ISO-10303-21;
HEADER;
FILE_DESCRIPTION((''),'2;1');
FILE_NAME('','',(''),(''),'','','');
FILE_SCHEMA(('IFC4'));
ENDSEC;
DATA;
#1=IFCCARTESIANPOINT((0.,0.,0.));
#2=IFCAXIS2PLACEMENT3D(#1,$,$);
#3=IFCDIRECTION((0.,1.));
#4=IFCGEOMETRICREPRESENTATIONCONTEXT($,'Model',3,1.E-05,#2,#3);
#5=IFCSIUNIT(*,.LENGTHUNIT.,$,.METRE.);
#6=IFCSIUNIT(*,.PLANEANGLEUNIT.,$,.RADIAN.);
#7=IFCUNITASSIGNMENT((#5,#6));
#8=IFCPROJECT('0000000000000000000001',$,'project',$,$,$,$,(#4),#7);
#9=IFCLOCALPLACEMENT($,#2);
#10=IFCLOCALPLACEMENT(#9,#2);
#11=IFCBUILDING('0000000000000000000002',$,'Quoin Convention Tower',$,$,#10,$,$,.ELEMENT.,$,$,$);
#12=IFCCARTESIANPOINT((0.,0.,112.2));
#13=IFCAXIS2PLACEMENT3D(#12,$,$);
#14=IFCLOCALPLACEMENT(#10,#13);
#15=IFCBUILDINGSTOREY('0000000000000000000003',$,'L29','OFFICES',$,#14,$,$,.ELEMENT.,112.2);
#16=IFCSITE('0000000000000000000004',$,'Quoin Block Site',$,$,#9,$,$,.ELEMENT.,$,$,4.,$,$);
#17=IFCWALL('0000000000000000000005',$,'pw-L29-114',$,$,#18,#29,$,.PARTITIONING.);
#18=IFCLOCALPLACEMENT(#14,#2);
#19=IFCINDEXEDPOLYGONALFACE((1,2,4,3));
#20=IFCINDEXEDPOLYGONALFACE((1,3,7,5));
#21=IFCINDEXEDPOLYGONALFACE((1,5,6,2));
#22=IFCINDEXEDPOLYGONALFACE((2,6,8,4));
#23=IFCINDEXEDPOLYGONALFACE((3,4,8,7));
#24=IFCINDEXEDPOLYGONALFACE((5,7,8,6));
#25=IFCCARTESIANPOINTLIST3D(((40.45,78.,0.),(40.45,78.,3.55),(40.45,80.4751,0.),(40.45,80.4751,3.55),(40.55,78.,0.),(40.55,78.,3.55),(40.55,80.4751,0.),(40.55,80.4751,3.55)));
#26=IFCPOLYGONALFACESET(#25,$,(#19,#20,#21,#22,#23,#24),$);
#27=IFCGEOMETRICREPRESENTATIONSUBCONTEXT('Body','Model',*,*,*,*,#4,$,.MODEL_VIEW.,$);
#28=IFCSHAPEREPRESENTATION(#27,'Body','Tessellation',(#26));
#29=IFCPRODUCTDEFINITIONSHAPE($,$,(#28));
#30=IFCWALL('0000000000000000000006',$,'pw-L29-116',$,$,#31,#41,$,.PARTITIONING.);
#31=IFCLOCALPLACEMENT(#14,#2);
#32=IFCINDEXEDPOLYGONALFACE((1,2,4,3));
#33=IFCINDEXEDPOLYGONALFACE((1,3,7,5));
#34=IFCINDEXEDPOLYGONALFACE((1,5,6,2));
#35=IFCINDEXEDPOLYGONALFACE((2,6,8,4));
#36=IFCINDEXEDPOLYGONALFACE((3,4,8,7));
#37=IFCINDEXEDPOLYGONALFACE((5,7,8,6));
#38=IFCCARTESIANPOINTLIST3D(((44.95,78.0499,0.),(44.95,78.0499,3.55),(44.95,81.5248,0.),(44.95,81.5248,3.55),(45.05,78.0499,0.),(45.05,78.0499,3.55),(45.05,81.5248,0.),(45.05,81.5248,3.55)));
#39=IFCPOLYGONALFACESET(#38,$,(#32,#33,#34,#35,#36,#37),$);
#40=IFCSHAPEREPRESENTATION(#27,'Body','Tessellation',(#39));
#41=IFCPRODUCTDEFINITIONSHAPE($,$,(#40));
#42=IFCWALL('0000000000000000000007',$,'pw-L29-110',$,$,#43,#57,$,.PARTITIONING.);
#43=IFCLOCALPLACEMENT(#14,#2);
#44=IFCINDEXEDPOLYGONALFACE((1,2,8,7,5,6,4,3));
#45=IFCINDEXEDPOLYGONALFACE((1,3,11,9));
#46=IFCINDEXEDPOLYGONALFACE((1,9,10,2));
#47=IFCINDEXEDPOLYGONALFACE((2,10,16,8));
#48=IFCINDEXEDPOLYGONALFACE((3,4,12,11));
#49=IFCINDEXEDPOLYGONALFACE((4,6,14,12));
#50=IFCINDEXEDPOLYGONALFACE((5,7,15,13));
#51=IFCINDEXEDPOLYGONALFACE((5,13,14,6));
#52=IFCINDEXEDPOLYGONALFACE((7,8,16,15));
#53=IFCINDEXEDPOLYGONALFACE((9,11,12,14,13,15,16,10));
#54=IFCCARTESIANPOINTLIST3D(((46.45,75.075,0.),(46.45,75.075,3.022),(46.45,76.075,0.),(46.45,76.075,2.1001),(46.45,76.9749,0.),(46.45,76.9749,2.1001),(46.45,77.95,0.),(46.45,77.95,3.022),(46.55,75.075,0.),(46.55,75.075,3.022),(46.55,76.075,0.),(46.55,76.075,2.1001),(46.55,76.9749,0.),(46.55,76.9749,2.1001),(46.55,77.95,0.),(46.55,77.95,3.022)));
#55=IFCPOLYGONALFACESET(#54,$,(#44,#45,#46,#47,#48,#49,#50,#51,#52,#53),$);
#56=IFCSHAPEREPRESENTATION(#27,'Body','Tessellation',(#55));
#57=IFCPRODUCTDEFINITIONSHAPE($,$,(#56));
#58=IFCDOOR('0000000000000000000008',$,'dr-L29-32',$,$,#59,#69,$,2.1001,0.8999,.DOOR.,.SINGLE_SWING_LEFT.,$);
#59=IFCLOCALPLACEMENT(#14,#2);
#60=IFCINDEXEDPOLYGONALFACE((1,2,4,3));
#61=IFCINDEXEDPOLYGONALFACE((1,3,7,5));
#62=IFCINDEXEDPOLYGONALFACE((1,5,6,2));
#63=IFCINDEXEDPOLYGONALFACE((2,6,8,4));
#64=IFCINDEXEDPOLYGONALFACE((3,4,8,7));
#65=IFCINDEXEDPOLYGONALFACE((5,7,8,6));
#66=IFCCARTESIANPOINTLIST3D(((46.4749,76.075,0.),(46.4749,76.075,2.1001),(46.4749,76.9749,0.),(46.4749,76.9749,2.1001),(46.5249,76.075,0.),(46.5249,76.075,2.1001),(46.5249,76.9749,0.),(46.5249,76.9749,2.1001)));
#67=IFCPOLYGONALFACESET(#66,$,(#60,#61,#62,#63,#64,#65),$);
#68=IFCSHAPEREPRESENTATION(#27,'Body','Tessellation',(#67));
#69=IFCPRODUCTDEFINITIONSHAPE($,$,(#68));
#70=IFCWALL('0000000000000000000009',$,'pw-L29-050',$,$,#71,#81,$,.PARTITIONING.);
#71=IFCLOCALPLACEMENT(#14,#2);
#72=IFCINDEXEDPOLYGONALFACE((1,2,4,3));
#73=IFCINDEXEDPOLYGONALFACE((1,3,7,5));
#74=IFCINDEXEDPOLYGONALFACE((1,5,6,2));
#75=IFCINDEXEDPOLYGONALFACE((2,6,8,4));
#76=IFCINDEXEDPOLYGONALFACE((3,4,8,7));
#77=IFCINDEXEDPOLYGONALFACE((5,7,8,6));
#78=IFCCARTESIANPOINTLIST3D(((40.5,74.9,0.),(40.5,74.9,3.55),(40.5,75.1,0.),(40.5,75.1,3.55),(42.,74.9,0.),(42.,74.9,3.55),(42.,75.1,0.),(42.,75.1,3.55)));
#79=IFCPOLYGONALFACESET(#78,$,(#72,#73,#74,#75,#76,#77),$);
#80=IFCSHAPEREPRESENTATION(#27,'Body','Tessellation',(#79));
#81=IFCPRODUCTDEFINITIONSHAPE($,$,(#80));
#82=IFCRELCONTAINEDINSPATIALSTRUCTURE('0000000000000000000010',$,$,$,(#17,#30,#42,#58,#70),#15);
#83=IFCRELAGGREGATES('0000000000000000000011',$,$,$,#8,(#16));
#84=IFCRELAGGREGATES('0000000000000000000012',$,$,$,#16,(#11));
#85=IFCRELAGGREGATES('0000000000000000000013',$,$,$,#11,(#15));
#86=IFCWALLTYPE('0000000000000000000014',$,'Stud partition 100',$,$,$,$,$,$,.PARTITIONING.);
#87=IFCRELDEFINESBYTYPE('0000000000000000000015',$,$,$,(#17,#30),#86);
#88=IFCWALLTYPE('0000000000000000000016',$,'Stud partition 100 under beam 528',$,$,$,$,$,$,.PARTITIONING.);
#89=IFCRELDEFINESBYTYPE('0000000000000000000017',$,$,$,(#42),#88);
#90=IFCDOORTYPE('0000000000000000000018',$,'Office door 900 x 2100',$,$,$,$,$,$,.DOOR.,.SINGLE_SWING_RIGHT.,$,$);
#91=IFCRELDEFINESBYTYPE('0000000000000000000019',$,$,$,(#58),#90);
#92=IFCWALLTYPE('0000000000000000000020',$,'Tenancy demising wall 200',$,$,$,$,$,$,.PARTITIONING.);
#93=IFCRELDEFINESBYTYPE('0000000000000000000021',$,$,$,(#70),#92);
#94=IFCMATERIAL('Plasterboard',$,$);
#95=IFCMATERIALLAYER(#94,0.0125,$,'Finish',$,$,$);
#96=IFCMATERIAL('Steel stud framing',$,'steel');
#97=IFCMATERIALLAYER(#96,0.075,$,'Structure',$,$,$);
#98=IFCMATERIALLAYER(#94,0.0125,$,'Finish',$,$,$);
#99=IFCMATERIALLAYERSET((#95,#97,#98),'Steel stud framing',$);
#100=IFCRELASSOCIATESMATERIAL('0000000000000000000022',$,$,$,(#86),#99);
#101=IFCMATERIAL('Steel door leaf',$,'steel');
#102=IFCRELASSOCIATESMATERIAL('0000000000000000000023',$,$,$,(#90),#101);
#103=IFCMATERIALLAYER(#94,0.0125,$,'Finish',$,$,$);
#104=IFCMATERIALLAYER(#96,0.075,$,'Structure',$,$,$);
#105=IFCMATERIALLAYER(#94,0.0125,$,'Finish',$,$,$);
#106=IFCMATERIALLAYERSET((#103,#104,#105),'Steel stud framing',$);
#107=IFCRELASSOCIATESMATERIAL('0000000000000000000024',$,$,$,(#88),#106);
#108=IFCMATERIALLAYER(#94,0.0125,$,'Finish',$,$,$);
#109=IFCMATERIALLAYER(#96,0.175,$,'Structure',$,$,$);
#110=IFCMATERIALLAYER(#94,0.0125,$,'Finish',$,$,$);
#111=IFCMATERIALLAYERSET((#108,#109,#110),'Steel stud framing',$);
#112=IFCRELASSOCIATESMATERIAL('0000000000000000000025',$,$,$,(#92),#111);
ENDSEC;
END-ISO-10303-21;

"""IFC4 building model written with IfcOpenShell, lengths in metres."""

from ifc_helpers import new_model, si_unit, direction, frame, frame_2d, origin, place, context, subcontext, project, spatial, rectangle, extrude, material, layer, layer_set, type_object, element, fill, save


model = new_model("IFC4")

# Units and contexts
model_context = context("Model", 3, precision=1e-05, world=origin(), true_north=direction((0.0, 1.0)))
body_context = subcontext(model_context, "Body", "Model", "MODEL_VIEW")
ifc_project = project(units=[si_unit("LENGTHUNIT", "METRE"), si_unit("PLANEANGLEUNIT", "RADIAN")], contexts=[model_context])

# Site, building, storey
site_placement = place(None, origin())
site = spatial("IfcSite", under=ifc_project, at=site_placement, Name="Quoin Block Site", CompositionType="ELEMENT", RefElevation=4.0)
building_placement = place(site_placement, origin())
building = spatial("IfcBuilding", under=site, at=building_placement, Name="Quoin Convention Tower", CompositionType="ELEMENT")
storey_placement = place(building_placement, frame((0.0, 0.0, 112.2)))
storey = spatial("IfcBuildingStorey", under=building, at=storey_placement, Name="L29", Description="OFFICES", CompositionType="ELEMENT", Elevation=112.2)

# Shared definitions
ifc_material_1 = material(Name="Plasterboard")
ifc_material_2 = material(Name="Steel stud framing", Category="steel")
ifc_material_3 = material(Name="Steel door leaf", Category="steel")

# Shared definitions
ifc_layer_1 = layer(ifc_material_1, 0.0125, Name="Finish")
ifc_layer_2 = layer(ifc_material_2, 0.075, Name="Structure")
ifc_layer_3 = layer(ifc_material_1, 0.0125, Name="Finish")
ifc_layer_set_1 = layer_set([ifc_layer_1, ifc_layer_2, ifc_layer_3], Name="Steel stud framing")
wall_type_1 = type_object("IfcWallType", Name="Stud partition 100", PredefinedType="PARTITIONING", material=ifc_layer_set_1)
door_type_1 = type_object("IfcDoorType", Name="Office door 900 x 2100", OperationType="SINGLE_SWING_RIGHT", PredefinedType="DOOR", material=ifc_material_3)

# Walls
wall_1_placement = place(storey_placement, frame((40.5, 78.0, 0.0), z_axis=(0.0, 0.0, 1.0), x_axis=(0.0, 1.0, 0.0)))
element("IfcWall", 1, at=wall_1_placement, inside=storey, type_object=wall_type_1, Name="pw-L29-114", PredefinedType="PARTITIONING", context=body_context, shape_type="SweptSolid", body=[
    extrude(rectangle(XDim=2.4751, YDim=0.1001, at=frame_2d((1.2375, 0.0))), origin(), (0.0, 0.0, 1.0), 3.55),
])
wall_2_placement = place(storey_placement, frame((45.0, 78.05, 0.0), z_axis=(0.0, 0.0, 1.0), x_axis=(0.0, 1.0, 0.0)))
element("IfcWall", 2, at=wall_2_placement, inside=storey, type_object=wall_type_1, Name="pw-L29-116", PredefinedType="PARTITIONING", context=body_context, shape_type="SweptSolid", body=[
    extrude(rectangle(XDim=3.4749, YDim=0.1001, at=frame_2d((1.7373, 0.0))), origin(), (0.0, 0.0, 1.0), 3.55),
])

# Wall, opening, door
ifc_layer_4 = layer(ifc_material_1, 0.0125, Name="Finish")
ifc_layer_5 = layer(ifc_material_2, 0.075, Name="Structure")
ifc_layer_6 = layer(ifc_material_1, 0.0125, Name="Finish")
ifc_layer_set_2 = layer_set([ifc_layer_4, ifc_layer_5, ifc_layer_6], Name="Steel stud framing")
wall_type_2 = type_object("IfcWallType", Name="Stud partition 100 under beam 528", PredefinedType="PARTITIONING", material=ifc_layer_set_2)
wall_3_placement = place(storey_placement, frame((46.5, 75.075, 0.0), z_axis=(0.0, 0.0, 1.0), x_axis=(0.0, 1.0, 0.0)))
wall_3 = element("IfcWall", 3, at=wall_3_placement, inside=storey, type_object=wall_type_2, Name="pw-L29-110", PredefinedType="PARTITIONING", context=body_context, shape_type="SweptSolid", body=[
    extrude(rectangle(XDim=2.875, YDim=0.1001, at=frame_2d((1.4375, 0.0))), origin(), (0.0, 0.0, 1.0), 3.022),
])
opening_1_placement = place(wall_3_placement, frame((1.0, 0.0, 0.0)))
opening_1 = element("IfcOpeningElement", 4, at=opening_1_placement, cuts=wall_3, PredefinedType="OPENING", context=body_context, shape_type="SweptSolid", body=[
    extrude(rectangle(XDim=0.8999, YDim=2.1001, at=frame_2d((0.45, 1.05))), frame((0.0, 0.0601, 0.0), z_axis=(0.0, -1.0, 0.0), x_axis=(1.0, 0.0, 0.0)), (0.0, 0.0, 1.0), 0.1201),
])
door_1_placement = place(opening_1_placement, frame((0.8999, 0.0, 0.0), z_axis=(0.0, 0.0, 1.0), x_axis=(-1.0, 0.0, 0.0)))
door_1 = element("IfcDoor", 5, at=door_1_placement, inside=storey, type_object=door_type_1, Name="dr-L29-32", OperationType="SINGLE_SWING_LEFT", OverallHeight=2.1001, OverallWidth=0.8999, PredefinedType="DOOR", context=body_context, shape_type="SweptSolid", body=[
    extrude(rectangle(XDim=0.8999, YDim=2.1001, at=frame_2d((0.45, 1.05))), frame((0.0, 0.0249, 0.0), z_axis=(0.0, -1.0, 0.0), x_axis=(1.0, 0.0, 0.0)), (0.0, 0.0, 1.0), 0.05),
])
fill(opening_1, door_1)

# Wall
ifc_layer_7 = layer(ifc_material_1, 0.0125, Name="Finish")
ifc_layer_8 = layer(ifc_material_2, 0.175, Name="Structure")
ifc_layer_9 = layer(ifc_material_1, 0.0125, Name="Finish")
ifc_layer_set_3 = layer_set([ifc_layer_7, ifc_layer_8, ifc_layer_9], Name="Steel stud framing")
wall_type_3 = type_object("IfcWallType", Name="Tenancy demising wall 200", PredefinedType="PARTITIONING", material=ifc_layer_set_3)
wall_4_placement = place(storey_placement, frame((40.5, 75.0, 0.0), z_axis=(0.0, 0.0, 1.0), x_axis=(1.0, 0.0, 0.0)))
element("IfcWall", 6, at=wall_4_placement, inside=storey, type_object=wall_type_3, Name="pw-L29-050", PredefinedType="PARTITIONING", context=body_context, shape_type="SweptSolid", body=[
    extrude(rectangle(XDim=1.5, YDim=0.2, at=frame_2d((0.75, 0.0))), origin(), (0.0, 0.0, 1.0), 3.55),
])

save(model, "model.ifc")
